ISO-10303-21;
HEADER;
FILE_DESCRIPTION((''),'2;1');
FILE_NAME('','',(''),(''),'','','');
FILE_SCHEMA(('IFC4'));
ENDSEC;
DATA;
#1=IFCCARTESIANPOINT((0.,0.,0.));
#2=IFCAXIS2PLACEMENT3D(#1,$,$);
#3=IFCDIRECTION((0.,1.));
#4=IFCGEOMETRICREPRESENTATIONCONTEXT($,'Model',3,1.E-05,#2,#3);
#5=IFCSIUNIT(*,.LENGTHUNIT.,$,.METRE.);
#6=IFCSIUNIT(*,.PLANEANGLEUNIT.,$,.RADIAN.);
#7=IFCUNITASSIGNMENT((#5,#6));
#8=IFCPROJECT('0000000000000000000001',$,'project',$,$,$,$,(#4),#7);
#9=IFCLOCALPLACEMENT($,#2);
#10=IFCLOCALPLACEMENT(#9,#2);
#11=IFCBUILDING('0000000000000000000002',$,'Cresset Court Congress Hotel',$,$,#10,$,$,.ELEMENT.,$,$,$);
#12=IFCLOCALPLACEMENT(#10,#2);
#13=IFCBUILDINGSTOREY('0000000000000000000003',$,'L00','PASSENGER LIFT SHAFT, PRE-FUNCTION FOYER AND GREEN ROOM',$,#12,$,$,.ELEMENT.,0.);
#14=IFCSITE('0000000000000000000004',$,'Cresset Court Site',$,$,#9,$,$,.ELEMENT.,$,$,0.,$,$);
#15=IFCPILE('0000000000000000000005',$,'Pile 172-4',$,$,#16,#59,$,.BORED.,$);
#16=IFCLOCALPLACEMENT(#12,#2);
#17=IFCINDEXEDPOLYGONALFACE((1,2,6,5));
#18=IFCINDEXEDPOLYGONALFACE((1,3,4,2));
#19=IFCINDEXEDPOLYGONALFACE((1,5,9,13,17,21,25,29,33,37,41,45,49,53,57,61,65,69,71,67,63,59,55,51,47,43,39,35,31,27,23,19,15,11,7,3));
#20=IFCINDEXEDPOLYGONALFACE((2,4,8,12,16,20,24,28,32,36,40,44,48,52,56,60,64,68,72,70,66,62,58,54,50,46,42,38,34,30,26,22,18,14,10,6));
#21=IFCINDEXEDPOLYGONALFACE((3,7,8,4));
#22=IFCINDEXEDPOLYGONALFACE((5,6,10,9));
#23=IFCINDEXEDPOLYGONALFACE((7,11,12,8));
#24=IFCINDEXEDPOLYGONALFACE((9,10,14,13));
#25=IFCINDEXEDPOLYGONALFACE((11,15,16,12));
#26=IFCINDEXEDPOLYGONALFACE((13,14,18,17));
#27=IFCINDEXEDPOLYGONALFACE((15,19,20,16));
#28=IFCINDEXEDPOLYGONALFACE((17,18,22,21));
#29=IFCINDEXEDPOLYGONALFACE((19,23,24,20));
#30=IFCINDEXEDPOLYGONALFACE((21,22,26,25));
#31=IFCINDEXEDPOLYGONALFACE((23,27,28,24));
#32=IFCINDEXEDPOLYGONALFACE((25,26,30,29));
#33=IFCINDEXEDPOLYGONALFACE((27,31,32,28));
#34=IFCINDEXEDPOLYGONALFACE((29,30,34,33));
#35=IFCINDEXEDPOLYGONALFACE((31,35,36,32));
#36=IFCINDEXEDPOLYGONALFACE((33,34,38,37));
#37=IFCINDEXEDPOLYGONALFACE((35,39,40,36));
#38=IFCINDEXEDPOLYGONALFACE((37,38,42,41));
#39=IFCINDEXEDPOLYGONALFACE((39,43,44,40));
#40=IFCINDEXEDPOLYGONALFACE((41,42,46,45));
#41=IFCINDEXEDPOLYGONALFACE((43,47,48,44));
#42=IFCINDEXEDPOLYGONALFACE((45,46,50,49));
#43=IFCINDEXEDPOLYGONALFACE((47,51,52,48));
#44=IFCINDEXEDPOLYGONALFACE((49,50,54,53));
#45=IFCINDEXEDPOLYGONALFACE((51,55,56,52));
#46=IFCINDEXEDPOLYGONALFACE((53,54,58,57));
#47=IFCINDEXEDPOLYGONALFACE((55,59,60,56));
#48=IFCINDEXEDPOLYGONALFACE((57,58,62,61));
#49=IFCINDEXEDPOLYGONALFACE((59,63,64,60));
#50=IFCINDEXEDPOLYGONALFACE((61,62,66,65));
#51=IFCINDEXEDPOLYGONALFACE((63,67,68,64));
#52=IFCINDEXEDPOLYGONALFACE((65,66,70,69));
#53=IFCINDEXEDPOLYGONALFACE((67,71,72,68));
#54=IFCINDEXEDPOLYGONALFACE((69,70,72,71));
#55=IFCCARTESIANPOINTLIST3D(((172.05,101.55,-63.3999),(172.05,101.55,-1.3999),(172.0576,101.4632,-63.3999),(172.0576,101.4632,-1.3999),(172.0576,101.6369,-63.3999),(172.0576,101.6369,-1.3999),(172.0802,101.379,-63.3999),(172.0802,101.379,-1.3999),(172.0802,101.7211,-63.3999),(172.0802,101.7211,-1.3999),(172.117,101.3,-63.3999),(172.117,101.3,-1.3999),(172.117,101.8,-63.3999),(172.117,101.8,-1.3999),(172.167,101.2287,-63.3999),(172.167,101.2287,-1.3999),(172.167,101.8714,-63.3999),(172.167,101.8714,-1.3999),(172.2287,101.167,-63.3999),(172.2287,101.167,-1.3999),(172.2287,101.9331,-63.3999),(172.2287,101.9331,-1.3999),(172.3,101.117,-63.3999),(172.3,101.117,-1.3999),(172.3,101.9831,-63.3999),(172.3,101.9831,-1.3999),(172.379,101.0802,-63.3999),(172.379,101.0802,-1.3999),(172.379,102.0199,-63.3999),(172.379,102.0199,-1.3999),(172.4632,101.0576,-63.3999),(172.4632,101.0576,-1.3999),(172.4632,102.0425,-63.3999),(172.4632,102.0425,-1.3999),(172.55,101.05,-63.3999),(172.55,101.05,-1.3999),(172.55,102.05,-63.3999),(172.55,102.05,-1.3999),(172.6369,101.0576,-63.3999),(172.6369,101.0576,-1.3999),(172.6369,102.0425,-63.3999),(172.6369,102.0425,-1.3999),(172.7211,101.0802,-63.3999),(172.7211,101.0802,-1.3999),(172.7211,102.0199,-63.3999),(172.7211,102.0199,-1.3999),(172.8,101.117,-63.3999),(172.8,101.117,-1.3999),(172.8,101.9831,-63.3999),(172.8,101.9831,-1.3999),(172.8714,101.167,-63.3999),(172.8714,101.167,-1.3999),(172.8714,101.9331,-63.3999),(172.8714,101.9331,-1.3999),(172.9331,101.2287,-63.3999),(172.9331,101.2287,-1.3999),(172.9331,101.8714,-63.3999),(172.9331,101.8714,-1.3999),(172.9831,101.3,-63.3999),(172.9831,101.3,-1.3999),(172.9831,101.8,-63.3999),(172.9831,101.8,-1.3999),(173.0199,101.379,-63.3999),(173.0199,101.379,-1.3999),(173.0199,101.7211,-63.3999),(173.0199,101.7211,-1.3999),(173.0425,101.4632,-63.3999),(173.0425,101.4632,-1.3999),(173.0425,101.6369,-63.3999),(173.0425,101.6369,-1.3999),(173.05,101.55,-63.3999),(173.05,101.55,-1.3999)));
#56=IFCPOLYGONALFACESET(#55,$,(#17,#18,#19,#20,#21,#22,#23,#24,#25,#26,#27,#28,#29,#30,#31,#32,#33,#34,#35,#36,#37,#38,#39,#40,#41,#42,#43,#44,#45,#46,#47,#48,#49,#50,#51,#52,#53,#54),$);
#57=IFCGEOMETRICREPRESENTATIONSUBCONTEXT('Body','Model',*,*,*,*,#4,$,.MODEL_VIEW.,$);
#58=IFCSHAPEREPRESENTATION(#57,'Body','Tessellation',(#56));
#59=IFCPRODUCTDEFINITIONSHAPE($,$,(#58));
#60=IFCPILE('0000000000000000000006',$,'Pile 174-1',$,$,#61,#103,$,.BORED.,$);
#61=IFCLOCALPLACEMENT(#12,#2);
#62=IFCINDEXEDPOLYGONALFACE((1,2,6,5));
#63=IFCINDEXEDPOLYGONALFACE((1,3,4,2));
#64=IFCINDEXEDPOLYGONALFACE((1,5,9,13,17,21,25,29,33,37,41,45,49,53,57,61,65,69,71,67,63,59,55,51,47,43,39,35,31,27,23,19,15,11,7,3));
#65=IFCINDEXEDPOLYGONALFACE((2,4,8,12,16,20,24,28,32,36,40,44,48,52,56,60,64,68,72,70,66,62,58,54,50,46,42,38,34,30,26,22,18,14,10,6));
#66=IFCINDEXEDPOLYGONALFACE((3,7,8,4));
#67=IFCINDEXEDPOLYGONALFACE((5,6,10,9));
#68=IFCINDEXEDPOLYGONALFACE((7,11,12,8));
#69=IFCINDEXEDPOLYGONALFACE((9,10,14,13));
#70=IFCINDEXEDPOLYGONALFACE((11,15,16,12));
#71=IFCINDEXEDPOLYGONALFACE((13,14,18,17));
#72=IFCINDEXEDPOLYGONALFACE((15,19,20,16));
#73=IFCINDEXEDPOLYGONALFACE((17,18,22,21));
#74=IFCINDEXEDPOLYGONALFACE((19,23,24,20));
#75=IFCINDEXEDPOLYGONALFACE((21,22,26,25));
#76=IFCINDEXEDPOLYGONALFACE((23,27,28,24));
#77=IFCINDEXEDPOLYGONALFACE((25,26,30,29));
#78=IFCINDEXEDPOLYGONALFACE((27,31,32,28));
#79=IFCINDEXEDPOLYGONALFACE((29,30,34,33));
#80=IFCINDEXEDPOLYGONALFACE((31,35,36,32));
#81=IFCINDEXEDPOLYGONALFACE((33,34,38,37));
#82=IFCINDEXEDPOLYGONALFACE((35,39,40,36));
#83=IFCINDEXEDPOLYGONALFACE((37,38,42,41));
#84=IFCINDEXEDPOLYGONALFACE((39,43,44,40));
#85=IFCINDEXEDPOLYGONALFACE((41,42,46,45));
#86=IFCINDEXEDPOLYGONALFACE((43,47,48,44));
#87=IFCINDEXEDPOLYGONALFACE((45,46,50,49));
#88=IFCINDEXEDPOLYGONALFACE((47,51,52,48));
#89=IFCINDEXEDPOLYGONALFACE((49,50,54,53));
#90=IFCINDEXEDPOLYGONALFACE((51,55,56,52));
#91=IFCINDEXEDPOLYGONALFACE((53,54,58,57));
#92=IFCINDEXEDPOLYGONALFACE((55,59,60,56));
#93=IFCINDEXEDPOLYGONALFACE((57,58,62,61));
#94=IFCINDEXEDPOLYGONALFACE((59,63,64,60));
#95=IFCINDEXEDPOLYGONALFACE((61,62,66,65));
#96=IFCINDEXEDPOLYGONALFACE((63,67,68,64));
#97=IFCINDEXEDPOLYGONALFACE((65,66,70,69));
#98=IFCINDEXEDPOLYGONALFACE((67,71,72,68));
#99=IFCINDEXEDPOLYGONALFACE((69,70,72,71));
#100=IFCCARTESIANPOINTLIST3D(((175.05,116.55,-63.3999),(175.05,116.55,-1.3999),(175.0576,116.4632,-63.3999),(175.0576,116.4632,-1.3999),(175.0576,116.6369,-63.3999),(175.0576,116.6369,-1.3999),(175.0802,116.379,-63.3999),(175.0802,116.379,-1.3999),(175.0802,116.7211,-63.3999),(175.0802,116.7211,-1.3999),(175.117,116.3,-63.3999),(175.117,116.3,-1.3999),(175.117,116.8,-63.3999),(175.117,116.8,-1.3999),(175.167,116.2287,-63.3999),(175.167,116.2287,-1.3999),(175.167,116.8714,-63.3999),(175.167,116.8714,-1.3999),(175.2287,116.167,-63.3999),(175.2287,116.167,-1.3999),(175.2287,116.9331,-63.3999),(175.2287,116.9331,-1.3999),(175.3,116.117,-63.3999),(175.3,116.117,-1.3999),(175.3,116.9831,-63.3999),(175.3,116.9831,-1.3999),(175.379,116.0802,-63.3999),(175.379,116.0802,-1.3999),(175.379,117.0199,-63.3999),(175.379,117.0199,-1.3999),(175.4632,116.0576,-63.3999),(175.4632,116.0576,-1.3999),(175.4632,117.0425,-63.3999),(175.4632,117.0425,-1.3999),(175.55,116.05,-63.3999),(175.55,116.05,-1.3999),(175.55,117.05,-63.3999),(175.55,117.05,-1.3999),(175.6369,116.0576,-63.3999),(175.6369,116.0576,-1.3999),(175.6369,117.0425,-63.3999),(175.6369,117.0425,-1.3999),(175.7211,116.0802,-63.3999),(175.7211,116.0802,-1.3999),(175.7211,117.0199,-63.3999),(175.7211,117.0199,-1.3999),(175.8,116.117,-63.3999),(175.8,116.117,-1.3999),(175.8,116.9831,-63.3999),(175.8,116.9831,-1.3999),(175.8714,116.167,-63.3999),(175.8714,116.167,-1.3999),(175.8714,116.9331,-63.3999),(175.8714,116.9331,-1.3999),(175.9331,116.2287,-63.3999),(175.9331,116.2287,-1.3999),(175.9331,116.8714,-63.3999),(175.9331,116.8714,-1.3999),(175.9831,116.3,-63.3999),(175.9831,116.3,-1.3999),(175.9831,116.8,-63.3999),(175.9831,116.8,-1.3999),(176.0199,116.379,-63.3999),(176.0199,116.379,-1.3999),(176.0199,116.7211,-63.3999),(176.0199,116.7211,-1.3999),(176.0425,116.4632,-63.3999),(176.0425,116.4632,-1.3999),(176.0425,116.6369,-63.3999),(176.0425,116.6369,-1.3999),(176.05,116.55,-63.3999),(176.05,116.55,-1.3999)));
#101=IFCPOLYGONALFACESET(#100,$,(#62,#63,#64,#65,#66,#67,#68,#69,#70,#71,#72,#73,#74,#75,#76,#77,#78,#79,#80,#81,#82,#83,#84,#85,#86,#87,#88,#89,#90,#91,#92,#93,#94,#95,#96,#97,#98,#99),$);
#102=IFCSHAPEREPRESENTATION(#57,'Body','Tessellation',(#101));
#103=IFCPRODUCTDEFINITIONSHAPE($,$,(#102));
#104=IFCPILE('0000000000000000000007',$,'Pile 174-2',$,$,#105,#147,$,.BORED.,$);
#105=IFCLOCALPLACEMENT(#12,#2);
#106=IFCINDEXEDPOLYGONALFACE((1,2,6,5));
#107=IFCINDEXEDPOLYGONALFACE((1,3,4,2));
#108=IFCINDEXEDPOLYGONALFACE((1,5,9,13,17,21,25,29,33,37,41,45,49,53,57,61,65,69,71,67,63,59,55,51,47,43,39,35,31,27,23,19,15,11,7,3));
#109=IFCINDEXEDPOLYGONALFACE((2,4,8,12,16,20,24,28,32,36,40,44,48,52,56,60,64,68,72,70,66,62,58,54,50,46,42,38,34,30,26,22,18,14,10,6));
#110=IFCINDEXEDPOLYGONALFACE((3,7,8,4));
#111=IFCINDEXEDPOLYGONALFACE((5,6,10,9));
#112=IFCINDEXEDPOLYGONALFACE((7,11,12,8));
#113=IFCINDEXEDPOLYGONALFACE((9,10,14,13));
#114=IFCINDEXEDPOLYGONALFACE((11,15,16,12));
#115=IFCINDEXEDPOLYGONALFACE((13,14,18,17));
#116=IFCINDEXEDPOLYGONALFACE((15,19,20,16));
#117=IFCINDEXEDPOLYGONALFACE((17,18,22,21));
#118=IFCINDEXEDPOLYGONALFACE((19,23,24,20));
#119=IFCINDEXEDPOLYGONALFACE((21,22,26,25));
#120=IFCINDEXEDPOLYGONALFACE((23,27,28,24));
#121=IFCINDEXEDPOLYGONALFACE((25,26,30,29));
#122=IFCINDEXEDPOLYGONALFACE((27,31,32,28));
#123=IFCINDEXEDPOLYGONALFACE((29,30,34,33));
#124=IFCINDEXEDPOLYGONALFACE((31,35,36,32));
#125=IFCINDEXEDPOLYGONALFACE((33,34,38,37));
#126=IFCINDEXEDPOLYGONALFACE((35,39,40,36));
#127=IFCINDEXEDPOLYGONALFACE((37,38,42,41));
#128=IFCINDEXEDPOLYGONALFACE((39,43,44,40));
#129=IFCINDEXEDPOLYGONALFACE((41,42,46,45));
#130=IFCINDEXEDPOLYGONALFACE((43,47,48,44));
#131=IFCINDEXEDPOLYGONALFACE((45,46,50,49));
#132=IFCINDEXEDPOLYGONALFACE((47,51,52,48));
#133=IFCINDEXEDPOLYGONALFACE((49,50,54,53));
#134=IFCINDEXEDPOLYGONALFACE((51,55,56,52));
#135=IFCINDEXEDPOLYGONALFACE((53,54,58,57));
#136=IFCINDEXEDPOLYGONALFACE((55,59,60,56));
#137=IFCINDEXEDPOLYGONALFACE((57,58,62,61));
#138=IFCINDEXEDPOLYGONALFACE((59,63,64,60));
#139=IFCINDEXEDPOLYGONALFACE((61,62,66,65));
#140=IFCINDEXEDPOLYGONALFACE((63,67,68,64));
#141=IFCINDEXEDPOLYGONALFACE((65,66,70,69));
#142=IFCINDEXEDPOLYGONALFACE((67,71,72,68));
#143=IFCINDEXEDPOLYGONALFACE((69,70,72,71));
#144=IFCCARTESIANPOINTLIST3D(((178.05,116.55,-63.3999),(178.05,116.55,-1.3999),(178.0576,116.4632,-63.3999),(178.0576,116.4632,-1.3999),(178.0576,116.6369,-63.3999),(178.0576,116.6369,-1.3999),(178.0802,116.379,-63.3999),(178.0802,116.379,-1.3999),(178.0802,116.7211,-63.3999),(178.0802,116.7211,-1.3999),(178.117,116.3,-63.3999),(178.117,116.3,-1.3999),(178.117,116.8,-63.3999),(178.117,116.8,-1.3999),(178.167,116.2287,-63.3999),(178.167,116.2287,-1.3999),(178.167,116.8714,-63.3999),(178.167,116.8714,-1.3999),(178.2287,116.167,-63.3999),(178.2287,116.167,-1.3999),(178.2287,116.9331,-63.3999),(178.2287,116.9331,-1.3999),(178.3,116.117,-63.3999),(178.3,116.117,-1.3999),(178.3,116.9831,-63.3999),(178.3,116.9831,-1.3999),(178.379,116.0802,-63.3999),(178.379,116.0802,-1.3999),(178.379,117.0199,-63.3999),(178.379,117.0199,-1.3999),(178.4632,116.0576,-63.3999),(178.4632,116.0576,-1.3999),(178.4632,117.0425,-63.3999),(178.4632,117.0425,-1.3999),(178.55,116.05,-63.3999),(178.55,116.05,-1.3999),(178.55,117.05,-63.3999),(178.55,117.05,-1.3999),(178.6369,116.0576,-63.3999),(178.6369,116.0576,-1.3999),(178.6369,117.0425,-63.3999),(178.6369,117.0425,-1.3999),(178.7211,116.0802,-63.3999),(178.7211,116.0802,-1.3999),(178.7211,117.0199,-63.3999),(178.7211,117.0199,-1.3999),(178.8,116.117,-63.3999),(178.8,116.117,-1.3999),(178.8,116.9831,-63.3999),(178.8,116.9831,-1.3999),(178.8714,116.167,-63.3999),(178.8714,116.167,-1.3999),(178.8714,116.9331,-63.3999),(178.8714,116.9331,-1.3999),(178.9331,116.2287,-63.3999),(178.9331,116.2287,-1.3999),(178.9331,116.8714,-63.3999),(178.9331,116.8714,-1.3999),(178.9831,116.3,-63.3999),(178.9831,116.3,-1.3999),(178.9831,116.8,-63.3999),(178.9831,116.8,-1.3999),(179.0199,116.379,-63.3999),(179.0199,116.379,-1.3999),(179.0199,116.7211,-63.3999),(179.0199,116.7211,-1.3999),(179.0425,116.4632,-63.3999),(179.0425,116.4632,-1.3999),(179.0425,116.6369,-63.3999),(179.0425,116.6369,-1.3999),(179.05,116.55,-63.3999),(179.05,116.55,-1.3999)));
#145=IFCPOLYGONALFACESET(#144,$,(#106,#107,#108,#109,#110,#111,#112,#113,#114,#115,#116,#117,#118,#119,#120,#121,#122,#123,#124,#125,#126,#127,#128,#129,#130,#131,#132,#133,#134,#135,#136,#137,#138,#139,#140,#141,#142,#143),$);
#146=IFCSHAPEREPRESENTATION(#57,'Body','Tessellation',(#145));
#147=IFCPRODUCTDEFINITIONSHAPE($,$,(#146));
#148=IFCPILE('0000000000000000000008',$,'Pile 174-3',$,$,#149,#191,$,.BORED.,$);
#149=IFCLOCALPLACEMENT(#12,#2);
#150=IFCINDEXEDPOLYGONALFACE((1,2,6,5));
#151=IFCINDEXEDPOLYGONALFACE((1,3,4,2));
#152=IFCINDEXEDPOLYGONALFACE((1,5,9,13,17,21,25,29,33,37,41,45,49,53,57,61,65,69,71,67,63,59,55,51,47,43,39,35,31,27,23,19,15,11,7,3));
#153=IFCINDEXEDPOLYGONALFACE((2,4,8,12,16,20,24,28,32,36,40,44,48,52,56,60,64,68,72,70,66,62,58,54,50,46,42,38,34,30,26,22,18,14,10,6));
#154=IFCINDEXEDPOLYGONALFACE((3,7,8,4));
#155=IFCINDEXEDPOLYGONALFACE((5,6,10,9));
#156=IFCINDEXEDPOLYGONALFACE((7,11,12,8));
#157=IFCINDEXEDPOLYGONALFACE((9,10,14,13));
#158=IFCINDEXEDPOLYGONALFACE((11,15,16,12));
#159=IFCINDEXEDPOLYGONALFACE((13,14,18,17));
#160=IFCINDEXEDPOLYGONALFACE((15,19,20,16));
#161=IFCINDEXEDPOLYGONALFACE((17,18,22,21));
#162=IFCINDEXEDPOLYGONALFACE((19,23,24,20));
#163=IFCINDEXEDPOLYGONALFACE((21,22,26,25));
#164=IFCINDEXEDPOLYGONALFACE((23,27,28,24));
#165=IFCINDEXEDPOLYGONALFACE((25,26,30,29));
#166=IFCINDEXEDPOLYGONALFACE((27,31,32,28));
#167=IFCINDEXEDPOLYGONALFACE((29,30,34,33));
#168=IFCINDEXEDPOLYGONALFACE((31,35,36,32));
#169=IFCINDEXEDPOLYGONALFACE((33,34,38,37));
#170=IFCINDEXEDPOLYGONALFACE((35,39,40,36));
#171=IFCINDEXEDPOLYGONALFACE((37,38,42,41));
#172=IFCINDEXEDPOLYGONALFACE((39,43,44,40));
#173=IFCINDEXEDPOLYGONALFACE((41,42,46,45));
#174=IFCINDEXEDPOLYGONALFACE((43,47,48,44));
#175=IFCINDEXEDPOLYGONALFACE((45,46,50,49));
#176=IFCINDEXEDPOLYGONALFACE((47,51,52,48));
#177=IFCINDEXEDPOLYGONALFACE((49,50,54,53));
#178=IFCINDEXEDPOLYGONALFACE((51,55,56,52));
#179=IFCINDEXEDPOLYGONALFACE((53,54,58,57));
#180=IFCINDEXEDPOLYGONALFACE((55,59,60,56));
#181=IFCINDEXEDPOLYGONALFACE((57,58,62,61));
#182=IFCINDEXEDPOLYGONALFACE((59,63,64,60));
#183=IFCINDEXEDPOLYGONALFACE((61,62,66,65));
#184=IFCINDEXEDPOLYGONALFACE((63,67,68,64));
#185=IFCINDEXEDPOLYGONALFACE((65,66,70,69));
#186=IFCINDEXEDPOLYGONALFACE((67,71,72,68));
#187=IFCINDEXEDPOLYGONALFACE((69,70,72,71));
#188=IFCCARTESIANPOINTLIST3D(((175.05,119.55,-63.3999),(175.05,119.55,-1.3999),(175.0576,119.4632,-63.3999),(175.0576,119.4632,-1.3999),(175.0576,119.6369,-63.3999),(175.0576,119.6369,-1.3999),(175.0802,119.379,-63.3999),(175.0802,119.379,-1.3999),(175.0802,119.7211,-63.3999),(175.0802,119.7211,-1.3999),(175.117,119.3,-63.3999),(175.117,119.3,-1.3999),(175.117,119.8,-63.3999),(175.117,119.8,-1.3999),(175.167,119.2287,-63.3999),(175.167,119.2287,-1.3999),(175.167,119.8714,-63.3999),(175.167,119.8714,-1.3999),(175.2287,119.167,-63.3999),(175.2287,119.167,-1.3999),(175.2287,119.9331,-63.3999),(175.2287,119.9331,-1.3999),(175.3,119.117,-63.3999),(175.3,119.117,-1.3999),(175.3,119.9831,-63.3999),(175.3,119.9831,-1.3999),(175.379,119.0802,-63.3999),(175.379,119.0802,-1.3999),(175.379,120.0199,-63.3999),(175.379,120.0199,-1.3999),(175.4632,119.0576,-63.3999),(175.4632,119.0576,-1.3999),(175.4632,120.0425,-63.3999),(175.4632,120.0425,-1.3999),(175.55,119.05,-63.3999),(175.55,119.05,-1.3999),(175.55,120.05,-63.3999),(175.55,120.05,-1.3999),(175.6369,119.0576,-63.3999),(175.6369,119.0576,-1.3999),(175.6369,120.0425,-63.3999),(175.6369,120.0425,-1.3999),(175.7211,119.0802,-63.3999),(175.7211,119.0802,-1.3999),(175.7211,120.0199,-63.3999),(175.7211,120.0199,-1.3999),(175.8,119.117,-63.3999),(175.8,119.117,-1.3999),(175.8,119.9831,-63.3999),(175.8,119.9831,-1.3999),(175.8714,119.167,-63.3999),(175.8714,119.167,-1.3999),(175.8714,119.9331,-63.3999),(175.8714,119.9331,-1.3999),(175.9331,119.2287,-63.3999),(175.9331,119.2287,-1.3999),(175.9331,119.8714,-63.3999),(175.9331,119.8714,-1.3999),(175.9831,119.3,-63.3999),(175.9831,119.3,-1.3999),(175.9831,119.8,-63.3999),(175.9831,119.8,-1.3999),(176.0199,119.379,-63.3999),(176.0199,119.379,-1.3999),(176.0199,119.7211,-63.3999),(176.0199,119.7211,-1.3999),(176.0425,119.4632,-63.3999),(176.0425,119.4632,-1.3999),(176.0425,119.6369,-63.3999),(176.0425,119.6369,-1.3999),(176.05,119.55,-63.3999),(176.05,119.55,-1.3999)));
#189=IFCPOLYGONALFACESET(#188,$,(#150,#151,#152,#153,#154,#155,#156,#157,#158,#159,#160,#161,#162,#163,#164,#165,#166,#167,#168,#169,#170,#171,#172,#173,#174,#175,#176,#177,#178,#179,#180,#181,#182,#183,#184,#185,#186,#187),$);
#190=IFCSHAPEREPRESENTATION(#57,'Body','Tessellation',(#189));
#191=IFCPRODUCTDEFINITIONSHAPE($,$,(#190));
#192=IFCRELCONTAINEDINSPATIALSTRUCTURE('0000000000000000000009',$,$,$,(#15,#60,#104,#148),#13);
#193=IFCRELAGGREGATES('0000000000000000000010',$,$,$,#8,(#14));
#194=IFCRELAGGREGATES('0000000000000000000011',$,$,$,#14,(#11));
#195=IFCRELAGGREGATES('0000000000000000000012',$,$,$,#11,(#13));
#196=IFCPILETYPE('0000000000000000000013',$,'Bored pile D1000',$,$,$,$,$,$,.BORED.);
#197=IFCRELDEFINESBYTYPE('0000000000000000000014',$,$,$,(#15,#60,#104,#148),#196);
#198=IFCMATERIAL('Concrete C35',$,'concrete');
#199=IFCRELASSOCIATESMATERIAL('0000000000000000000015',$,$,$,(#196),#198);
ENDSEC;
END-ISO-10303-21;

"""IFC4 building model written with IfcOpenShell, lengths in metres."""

from ifc_helpers import new_model, si_unit, direction, frame, origin, origin_2d, place, context, subcontext, project, spatial, circle, extrude, material, type_object, element, save


model = new_model("IFC4")

# Units and contexts
model_context = context("Model", 3, precision=1e-05, world=origin(), true_north=direction((0.0, 1.0)))
body_context = subcontext(model_context, "Body", "Model", "MODEL_VIEW")
ifc_project = project(units=[si_unit("LENGTHUNIT", "METRE"), si_unit("PLANEANGLEUNIT", "RADIAN")], contexts=[model_context])

# Site, building, storey
site_placement = place(None, origin())
site = spatial("IfcSite", under=ifc_project, at=site_placement, Name="Cresset Court Site", CompositionType="ELEMENT", RefElevation=0.0)
building_placement = place(site_placement, origin())
building = spatial("IfcBuilding", under=site, at=building_placement, Name="Cresset Court Congress Hotel", CompositionType="ELEMENT")
storey_placement = place(building_placement, origin())
storey = spatial("IfcBuildingStorey", under=building, at=storey_placement, Name="L00", Description="PASSENGER LIFT SHAFT, PRE-FUNCTION FOYER AND GREEN ROOM", CompositionType="ELEMENT", Elevation=0.0)

# Piles
ifc_material_1 = material(Name="Concrete C35", Category="concrete")
pile_type = type_object("IfcPileType", Name="Bored pile D1000", PredefinedType="BORED", material=ifc_material_1)
for number, where, z_axis, x_axis, name in (
    (1, (172.55, 101.55, -1.3999), (0.0, 0.0, -1.0), (1.0, 0.0, 0.0), "Pile 172-4"),
    (2, (175.55, 116.55, -1.3999), (0.0, 0.0, -1.0), (1.0, 0.0, 0.0), "Pile 174-1"),
    (3, (178.55, 116.55, -1.3999), (0.0, 0.0, -1.0), (1.0, 0.0, 0.0), "Pile 174-2"),
    (4, (175.55, 119.55, -1.3999), (0.0, 0.0, -1.0), (1.0, 0.0, 0.0), "Pile 174-3"),
):
    element("IfcPile", number, at=place(storey_placement, frame(where, z_axis=z_axis, x_axis=x_axis)), inside=storey, type_object=pile_type, Name=name, PredefinedType="BORED", context=body_context, shape_type="SweptSolid", body=[
        extrude(circle(Radius=0.5, at=origin_2d()), origin(), (0.0, 0.0, 1.0), 62.0),
    ])

save(model, "model.ifc")
